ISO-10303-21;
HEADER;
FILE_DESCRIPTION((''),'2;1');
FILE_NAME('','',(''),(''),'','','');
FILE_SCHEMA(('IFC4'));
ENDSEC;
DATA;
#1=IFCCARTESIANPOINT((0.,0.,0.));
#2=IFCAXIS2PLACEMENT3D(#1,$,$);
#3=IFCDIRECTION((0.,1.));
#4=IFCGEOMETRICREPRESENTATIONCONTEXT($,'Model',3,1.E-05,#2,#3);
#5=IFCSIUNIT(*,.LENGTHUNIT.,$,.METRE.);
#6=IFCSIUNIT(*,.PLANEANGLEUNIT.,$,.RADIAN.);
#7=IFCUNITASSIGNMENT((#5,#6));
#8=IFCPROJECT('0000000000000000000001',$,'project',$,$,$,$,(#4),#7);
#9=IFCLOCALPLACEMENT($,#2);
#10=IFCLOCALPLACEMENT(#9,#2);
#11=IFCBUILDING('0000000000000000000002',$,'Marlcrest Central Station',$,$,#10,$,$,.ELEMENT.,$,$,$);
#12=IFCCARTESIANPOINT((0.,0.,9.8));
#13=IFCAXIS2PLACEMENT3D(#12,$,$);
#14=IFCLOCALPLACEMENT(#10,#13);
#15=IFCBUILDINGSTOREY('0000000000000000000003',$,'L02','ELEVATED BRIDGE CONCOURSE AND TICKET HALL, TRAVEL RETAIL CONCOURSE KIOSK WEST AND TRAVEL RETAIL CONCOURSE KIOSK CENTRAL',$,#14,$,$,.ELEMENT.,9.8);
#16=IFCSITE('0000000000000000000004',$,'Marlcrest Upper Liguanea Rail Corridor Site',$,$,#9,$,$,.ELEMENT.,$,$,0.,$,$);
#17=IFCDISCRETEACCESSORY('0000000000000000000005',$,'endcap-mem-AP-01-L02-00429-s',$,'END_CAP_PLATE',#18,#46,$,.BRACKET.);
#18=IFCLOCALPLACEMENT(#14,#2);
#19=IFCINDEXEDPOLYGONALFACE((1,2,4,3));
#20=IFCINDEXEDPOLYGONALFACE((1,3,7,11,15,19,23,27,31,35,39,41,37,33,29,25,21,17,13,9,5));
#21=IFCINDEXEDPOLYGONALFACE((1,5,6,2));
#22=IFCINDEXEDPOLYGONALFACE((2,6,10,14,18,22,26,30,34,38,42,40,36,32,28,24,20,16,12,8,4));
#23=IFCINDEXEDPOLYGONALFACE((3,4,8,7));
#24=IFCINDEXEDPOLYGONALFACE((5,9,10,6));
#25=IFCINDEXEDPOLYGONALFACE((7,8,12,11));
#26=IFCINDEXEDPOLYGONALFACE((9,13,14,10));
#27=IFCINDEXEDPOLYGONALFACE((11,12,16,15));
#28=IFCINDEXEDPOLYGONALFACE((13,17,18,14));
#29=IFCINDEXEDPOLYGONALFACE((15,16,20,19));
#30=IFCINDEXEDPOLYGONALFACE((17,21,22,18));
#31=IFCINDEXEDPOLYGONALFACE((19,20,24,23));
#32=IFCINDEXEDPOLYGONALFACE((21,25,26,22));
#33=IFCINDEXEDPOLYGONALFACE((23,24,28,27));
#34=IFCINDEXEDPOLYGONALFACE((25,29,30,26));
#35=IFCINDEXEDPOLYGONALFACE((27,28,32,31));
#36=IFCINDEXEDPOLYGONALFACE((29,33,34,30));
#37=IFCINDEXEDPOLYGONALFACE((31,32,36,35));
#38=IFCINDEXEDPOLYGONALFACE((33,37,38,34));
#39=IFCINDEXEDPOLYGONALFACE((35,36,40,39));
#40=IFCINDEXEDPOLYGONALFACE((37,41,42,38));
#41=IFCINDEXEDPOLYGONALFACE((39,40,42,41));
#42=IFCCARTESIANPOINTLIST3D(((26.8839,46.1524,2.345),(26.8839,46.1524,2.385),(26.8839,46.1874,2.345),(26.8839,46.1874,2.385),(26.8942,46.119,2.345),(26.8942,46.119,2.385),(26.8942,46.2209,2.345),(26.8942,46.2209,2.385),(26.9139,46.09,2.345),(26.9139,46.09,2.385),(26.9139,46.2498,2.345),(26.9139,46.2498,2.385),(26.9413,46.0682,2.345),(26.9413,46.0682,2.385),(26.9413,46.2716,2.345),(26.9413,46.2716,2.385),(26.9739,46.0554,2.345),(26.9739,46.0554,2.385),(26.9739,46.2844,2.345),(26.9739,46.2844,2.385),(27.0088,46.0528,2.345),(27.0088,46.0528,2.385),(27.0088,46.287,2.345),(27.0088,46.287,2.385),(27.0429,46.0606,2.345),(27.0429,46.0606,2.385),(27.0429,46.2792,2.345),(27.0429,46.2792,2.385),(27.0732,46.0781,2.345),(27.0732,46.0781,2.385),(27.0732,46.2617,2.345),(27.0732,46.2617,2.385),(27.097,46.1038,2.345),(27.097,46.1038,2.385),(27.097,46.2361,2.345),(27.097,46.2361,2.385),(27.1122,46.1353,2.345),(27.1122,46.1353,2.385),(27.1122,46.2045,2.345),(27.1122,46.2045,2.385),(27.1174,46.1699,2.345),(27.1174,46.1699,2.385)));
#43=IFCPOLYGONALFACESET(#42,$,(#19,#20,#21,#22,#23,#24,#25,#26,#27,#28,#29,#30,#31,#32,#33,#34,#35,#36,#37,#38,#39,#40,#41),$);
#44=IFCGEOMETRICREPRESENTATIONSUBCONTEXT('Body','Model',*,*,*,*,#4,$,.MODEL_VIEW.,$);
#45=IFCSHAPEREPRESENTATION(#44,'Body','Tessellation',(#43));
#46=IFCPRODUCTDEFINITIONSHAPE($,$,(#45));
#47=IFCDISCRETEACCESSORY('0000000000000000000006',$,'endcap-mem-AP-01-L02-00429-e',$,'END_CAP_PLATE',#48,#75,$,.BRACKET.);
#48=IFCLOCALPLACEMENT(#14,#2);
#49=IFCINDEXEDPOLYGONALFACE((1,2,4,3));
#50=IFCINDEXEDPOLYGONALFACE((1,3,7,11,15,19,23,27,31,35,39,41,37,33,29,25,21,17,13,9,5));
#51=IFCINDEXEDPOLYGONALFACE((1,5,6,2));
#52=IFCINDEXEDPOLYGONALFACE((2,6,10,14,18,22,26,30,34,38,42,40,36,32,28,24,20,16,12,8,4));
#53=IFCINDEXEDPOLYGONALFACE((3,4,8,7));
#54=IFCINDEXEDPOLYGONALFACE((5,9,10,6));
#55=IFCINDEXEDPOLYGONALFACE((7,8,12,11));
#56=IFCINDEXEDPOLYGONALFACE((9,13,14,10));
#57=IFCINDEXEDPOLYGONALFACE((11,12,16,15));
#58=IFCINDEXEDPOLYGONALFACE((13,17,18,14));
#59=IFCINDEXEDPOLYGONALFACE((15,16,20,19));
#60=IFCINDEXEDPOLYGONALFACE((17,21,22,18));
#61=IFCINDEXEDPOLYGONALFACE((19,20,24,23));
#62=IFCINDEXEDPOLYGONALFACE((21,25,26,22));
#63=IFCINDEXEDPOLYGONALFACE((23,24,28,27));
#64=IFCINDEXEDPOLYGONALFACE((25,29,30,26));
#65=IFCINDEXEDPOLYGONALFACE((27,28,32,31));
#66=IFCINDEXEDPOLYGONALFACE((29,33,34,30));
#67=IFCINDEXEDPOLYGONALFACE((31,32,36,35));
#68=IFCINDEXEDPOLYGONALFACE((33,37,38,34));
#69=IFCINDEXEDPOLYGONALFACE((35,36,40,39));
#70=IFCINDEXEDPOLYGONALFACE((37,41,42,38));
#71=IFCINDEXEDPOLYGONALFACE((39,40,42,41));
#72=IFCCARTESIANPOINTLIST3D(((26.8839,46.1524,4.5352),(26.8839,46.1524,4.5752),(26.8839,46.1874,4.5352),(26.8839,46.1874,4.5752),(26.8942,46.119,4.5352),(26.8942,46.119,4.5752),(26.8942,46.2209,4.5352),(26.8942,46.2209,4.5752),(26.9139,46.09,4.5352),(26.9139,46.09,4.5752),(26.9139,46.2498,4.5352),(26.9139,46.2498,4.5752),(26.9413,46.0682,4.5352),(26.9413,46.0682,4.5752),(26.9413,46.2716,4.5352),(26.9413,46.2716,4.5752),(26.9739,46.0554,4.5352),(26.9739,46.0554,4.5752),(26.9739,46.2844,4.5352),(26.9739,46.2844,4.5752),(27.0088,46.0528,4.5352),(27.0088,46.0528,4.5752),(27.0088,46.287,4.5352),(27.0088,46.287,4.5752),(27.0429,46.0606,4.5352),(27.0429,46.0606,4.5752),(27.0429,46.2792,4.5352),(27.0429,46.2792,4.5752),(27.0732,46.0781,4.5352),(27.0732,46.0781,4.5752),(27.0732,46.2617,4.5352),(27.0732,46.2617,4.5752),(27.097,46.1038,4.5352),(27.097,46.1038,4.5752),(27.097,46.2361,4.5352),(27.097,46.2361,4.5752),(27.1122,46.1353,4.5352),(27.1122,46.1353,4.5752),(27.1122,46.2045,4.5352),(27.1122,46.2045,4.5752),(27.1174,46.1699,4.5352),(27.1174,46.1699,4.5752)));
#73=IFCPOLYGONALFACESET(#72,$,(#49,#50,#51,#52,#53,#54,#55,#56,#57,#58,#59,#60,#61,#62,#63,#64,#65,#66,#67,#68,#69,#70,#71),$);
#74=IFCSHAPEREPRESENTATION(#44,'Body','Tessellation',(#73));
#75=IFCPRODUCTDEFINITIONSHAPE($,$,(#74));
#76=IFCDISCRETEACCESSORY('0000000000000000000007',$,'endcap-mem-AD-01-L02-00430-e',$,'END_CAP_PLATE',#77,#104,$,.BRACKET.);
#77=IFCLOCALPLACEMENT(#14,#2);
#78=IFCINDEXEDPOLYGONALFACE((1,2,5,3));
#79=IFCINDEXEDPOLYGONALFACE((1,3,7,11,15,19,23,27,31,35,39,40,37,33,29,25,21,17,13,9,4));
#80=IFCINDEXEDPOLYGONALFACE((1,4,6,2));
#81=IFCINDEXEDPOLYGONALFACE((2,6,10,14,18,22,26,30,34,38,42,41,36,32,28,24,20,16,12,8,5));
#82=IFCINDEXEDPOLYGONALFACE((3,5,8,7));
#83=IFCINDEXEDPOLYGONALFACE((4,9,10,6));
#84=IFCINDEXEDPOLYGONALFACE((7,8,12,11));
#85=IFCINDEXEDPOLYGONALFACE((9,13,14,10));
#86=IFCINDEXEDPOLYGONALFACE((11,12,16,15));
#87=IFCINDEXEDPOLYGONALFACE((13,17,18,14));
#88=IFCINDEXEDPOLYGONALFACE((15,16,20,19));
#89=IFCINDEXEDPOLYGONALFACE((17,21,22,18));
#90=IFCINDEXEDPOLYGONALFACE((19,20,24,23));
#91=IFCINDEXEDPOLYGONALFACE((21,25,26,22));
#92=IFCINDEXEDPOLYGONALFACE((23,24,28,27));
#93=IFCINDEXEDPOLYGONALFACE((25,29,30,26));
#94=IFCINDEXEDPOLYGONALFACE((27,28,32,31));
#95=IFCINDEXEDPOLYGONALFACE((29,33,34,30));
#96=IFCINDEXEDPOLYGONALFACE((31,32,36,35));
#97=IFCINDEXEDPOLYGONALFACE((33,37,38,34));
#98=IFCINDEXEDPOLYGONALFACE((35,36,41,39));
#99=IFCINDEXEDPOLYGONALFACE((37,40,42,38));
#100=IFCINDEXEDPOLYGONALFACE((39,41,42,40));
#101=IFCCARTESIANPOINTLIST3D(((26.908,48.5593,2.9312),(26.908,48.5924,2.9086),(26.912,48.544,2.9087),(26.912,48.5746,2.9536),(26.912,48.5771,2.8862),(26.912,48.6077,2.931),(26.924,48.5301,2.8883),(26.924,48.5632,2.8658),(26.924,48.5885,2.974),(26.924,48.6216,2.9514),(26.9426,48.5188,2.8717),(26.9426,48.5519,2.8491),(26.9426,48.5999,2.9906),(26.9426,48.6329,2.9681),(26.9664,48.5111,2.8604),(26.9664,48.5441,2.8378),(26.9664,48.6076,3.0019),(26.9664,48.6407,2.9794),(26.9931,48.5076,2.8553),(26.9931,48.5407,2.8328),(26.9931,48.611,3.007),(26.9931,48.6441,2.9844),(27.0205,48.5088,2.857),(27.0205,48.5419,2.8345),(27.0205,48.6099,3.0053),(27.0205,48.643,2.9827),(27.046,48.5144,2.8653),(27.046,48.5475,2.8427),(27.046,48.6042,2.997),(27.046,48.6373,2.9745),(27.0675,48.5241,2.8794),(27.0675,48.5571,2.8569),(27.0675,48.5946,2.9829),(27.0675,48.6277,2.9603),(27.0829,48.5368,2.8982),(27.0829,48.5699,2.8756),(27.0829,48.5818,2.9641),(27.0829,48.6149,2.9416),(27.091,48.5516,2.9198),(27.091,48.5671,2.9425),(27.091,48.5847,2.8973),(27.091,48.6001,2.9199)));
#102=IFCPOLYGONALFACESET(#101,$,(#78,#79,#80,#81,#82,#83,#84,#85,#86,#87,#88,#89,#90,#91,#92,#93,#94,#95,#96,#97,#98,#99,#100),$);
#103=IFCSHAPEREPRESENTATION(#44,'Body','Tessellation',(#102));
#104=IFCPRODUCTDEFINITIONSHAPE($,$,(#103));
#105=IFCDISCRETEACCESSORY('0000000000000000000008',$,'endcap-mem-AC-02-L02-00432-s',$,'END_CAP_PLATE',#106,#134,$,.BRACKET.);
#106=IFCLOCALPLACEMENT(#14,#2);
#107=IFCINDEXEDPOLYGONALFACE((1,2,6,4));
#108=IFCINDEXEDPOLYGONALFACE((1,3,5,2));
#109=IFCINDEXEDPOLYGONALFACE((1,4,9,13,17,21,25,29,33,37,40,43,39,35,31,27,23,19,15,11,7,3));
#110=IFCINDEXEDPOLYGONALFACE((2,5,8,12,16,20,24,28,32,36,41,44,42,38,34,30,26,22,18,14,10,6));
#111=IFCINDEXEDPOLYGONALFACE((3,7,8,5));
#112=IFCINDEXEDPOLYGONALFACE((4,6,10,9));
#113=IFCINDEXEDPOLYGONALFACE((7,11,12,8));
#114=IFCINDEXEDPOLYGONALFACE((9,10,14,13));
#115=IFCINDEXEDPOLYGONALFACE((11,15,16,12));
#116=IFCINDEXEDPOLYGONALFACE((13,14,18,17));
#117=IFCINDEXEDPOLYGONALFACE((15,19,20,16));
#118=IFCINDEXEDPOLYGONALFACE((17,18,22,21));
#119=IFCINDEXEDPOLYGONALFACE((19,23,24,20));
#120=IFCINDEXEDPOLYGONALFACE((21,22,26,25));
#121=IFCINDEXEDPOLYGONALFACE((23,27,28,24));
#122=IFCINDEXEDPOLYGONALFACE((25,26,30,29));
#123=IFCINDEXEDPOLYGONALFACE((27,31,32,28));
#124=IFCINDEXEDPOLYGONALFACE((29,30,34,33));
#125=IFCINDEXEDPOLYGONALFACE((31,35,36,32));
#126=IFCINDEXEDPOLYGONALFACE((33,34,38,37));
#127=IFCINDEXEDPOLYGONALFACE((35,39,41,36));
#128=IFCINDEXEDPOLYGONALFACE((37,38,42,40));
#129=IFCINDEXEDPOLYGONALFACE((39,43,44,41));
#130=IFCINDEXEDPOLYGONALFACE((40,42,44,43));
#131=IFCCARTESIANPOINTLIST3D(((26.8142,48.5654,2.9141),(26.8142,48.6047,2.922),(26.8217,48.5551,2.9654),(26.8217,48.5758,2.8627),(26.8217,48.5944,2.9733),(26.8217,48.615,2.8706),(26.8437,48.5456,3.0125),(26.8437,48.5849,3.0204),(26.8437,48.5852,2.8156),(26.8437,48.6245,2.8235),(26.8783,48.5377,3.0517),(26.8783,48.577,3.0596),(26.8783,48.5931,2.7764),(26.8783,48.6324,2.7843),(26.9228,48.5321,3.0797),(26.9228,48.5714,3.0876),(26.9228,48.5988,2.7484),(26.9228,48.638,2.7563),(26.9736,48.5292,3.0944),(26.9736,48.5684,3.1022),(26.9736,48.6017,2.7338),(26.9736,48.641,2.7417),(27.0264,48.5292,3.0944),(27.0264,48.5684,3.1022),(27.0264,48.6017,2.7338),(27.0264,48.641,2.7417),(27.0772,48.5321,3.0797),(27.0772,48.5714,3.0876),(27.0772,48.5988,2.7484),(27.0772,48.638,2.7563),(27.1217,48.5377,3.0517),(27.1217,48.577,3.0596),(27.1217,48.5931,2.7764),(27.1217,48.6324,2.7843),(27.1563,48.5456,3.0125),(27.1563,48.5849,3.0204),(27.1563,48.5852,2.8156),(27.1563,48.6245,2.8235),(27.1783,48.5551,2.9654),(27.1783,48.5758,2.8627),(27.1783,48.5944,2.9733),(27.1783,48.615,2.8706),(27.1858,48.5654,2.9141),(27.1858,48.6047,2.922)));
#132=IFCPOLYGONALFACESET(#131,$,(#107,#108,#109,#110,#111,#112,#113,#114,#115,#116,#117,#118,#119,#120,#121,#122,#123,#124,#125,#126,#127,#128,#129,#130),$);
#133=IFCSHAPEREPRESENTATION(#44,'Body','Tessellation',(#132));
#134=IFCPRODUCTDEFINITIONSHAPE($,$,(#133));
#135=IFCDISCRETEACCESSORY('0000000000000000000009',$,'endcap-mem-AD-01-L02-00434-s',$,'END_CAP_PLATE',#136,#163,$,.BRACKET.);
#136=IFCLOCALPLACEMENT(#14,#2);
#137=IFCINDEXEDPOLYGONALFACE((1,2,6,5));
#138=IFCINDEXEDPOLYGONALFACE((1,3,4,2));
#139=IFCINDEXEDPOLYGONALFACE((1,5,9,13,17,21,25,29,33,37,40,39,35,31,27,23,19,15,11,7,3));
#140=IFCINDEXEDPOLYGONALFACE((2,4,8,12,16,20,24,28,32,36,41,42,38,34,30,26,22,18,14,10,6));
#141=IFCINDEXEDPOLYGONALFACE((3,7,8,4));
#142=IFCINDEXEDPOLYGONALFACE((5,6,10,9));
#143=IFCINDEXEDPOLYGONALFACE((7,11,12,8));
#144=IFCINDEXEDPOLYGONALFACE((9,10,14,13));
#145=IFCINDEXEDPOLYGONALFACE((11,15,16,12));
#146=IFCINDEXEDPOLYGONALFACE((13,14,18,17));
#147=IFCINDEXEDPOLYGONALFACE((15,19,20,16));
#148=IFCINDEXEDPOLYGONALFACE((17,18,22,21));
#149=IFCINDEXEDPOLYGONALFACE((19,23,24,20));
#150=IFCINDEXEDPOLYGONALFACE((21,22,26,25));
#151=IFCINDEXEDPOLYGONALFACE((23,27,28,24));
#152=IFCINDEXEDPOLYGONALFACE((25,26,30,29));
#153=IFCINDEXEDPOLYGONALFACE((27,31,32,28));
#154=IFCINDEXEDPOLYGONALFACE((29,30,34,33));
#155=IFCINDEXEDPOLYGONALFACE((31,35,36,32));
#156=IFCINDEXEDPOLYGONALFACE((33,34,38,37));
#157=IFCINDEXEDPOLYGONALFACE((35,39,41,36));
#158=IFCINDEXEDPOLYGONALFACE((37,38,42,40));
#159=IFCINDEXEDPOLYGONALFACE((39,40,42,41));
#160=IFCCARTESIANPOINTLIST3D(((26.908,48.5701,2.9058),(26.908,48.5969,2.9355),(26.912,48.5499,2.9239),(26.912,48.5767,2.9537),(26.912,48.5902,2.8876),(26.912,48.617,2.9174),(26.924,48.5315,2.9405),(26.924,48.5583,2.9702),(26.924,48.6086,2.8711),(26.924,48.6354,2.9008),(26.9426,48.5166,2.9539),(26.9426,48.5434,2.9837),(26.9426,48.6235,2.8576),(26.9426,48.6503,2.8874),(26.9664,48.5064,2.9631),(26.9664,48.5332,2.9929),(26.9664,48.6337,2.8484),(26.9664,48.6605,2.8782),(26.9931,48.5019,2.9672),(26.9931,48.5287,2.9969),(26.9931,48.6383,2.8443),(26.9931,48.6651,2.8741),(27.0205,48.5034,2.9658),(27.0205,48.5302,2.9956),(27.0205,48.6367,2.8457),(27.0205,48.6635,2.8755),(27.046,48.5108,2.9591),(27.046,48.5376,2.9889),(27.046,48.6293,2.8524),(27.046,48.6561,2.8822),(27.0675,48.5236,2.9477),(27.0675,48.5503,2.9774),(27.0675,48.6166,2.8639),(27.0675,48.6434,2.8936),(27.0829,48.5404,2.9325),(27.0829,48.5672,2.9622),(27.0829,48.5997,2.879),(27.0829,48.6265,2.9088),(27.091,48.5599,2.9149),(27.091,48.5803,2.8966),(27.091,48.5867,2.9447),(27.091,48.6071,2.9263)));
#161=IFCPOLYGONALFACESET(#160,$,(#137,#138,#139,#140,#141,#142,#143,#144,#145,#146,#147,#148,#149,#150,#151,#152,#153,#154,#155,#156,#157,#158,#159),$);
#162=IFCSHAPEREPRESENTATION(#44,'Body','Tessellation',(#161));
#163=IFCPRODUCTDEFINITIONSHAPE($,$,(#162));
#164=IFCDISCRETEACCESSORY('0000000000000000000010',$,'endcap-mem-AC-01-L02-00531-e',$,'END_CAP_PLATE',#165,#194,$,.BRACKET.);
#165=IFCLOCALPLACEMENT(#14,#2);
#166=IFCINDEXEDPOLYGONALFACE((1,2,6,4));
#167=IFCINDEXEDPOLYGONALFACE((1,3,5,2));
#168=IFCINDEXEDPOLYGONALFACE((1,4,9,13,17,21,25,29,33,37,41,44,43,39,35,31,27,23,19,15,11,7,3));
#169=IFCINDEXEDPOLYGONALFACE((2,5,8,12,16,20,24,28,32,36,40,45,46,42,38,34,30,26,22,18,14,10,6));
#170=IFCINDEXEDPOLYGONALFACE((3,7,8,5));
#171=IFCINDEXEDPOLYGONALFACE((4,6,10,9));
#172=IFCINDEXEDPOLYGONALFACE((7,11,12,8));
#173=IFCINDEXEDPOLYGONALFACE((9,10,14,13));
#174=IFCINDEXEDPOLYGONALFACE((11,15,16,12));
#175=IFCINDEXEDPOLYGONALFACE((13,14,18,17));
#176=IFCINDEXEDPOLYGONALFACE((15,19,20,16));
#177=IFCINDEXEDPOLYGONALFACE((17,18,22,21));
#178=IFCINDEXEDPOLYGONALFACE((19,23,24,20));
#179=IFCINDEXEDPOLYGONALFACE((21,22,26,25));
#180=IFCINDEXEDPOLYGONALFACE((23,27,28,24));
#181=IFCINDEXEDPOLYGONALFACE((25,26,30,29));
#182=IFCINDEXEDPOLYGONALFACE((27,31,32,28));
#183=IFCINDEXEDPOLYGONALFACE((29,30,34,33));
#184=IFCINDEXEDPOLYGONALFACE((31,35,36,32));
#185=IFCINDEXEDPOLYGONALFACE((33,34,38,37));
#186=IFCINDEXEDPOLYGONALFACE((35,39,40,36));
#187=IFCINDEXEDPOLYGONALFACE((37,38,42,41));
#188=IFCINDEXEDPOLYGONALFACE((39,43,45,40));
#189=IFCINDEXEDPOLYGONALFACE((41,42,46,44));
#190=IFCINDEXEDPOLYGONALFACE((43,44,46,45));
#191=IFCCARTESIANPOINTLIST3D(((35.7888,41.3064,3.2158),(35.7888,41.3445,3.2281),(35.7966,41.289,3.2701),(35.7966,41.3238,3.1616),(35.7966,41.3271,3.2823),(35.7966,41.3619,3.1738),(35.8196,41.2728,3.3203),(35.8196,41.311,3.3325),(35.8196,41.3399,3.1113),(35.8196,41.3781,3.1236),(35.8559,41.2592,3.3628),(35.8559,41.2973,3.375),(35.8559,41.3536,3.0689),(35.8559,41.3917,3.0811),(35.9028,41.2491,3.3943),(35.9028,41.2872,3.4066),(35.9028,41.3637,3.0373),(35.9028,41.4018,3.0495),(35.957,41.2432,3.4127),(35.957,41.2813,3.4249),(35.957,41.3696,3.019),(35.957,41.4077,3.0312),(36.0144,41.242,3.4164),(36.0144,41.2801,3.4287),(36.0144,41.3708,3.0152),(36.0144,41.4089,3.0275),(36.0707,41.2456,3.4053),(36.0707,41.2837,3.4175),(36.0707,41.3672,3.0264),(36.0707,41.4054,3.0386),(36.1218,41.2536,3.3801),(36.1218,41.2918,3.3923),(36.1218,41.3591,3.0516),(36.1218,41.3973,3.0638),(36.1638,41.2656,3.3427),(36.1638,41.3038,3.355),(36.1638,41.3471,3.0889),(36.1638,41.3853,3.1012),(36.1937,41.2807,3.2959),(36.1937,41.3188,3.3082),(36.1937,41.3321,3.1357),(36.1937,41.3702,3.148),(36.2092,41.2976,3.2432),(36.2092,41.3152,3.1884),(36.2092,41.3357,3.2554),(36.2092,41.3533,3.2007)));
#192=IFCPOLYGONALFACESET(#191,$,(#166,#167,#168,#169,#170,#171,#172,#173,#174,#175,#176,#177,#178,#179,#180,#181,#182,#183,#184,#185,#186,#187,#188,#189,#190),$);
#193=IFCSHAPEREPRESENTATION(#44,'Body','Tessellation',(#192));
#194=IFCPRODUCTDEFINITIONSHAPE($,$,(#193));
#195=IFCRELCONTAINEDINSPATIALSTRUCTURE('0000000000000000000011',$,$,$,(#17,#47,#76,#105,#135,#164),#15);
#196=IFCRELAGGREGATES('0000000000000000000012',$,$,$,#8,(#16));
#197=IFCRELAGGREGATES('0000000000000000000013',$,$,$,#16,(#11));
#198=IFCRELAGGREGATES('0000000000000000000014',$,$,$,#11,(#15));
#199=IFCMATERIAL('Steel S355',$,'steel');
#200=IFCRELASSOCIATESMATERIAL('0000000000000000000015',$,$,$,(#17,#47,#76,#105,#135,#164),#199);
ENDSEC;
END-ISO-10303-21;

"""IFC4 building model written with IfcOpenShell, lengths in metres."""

from ifc_helpers import new_model, si_unit, direction, frame, origin, origin_2d, place, context, subcontext, project, spatial, circle, extrude, material, element, save


model = new_model("IFC4")

# Units and contexts
model_context = context("Model", 3, precision=1e-05, world=origin(), true_north=direction((0.0, 1.0)))
body_context = subcontext(model_context, "Body", "Model", "MODEL_VIEW")
ifc_project = project(units=[si_unit("LENGTHUNIT", "METRE"), si_unit("PLANEANGLEUNIT", "RADIAN")], contexts=[model_context])

# Site, building, storey
site_placement = place(None, origin())
site = spatial("IfcSite", under=ifc_project, at=site_placement, Name="Marlcrest Upper Liguanea Rail Corridor Site", CompositionType="ELEMENT", RefElevation=0.0)
building_placement = place(site_placement, origin())
building = spatial("IfcBuilding", under=site, at=building_placement, Name="Marlcrest Central Station", CompositionType="ELEMENT")
storey_placement = place(building_placement, frame((0.0, 0.0, 9.8)))
storey = spatial("IfcBuildingStorey", under=building, at=storey_placement, Name="L02", Description="ELEVATED BRIDGE CONCOURSE AND TICKET HALL, TRAVEL RETAIL CONCOURSE KIOSK WEST AND TRAVEL RETAIL CONCOURSE KIOSK CENTRAL", CompositionType="ELEMENT", Elevation=9.8)

# Shared definitions
ifc_material_1 = material(Name="Steel S355", Category="steel")

# Discrete accessories
for number, where, z_axis, x_axis, name in (
    (1, (27.0, 46.1699, 2.345), (0.0, 0.0, 1.0), (1.0, 0.0, 0.0), "endcap-mem-AP-01-L02-00429-s"),
    (2, (27.0, 46.1699, 4.5352), (0.0, 0.0, 1.0), (1.0, 0.0, 0.0), "endcap-mem-AP-01-L02-00429-e"),
):
    element("IfcDiscreteAccessory", number, at=place(storey_placement, frame(where, z_axis=z_axis, x_axis=x_axis)), inside=storey, material=ifc_material_1, Name=name, ObjectType="END_CAP_PLATE", PredefinedType="BRACKET", context=body_context, shape_type="SweptSolid", body=[
        extrude(circle(Radius=0.1174, at=origin_2d()), origin(), (0.0, 0.0, 1.0), 0.04),
    ])
discrete_accessory_1_placement = place(storey_placement, frame((27.0, 48.5593, 2.9312), z_axis=(0.0, 0.826263, -0.563285), x_axis=(-1.0, 0.0, 0.0)))
element("IfcDiscreteAccessory", 3, at=discrete_accessory_1_placement, inside=storey, material=ifc_material_1, Name="endcap-mem-AD-01-L02-00430-e", ObjectType="END_CAP_PLATE", PredefinedType="BRACKET", context=body_context, shape_type="SweptSolid", body=[
    extrude(circle(Radius=0.092, at=origin_2d()), origin(), (0.0, 0.0, 1.0), 0.04),
])
discrete_accessory_2_placement = place(storey_placement, frame((27.0, 48.5654, 2.9141), z_axis=(0.0, 0.980359, 0.197219), x_axis=(-1.0, 0.0, 0.0)))
element("IfcDiscreteAccessory", 4, at=discrete_accessory_2_placement, inside=storey, material=ifc_material_1, Name="endcap-mem-AC-02-L02-00432-s", ObjectType="END_CAP_PLATE", PredefinedType="BRACKET", context=body_context, shape_type="SweptSolid", body=[
    extrude(circle(Radius=0.1858, at=origin_2d()), origin(), (0.0, 0.0, 1.0), 0.04),
])
discrete_accessory_3_placement = place(storey_placement, frame((27.0, 48.5701, 2.9058), z_axis=(0.0, 0.669244, 0.743042), x_axis=(-1.0, 0.0, 0.0)))
element("IfcDiscreteAccessory", 5, at=discrete_accessory_3_placement, inside=storey, material=ifc_material_1, Name="endcap-mem-AD-01-L02-00434-s", ObjectType="END_CAP_PLATE", PredefinedType="BRACKET", context=body_context, shape_type="SweptSolid", body=[
    extrude(circle(Radius=0.092, at=origin_2d()), origin(), (0.0, 0.0, 1.0), 0.04),
])
discrete_accessory_4_placement = place(storey_placement, frame((36.0, 41.3064, 3.2158), z_axis=(0.0, 0.952117, 0.305734), x_axis=(-1.0, 0.0, 0.0)))
element("IfcDiscreteAccessory", 6, at=discrete_accessory_4_placement, inside=storey, material=ifc_material_1, Name="endcap-mem-AC-01-L02-00531-e", ObjectType="END_CAP_PLATE", PredefinedType="BRACKET", context=body_context, shape_type="SweptSolid", body=[
    extrude(circle(Radius=0.2112, at=origin_2d()), origin(), (0.0, 0.0, 1.0), 0.04),
])

save(model, "model.ifc")
